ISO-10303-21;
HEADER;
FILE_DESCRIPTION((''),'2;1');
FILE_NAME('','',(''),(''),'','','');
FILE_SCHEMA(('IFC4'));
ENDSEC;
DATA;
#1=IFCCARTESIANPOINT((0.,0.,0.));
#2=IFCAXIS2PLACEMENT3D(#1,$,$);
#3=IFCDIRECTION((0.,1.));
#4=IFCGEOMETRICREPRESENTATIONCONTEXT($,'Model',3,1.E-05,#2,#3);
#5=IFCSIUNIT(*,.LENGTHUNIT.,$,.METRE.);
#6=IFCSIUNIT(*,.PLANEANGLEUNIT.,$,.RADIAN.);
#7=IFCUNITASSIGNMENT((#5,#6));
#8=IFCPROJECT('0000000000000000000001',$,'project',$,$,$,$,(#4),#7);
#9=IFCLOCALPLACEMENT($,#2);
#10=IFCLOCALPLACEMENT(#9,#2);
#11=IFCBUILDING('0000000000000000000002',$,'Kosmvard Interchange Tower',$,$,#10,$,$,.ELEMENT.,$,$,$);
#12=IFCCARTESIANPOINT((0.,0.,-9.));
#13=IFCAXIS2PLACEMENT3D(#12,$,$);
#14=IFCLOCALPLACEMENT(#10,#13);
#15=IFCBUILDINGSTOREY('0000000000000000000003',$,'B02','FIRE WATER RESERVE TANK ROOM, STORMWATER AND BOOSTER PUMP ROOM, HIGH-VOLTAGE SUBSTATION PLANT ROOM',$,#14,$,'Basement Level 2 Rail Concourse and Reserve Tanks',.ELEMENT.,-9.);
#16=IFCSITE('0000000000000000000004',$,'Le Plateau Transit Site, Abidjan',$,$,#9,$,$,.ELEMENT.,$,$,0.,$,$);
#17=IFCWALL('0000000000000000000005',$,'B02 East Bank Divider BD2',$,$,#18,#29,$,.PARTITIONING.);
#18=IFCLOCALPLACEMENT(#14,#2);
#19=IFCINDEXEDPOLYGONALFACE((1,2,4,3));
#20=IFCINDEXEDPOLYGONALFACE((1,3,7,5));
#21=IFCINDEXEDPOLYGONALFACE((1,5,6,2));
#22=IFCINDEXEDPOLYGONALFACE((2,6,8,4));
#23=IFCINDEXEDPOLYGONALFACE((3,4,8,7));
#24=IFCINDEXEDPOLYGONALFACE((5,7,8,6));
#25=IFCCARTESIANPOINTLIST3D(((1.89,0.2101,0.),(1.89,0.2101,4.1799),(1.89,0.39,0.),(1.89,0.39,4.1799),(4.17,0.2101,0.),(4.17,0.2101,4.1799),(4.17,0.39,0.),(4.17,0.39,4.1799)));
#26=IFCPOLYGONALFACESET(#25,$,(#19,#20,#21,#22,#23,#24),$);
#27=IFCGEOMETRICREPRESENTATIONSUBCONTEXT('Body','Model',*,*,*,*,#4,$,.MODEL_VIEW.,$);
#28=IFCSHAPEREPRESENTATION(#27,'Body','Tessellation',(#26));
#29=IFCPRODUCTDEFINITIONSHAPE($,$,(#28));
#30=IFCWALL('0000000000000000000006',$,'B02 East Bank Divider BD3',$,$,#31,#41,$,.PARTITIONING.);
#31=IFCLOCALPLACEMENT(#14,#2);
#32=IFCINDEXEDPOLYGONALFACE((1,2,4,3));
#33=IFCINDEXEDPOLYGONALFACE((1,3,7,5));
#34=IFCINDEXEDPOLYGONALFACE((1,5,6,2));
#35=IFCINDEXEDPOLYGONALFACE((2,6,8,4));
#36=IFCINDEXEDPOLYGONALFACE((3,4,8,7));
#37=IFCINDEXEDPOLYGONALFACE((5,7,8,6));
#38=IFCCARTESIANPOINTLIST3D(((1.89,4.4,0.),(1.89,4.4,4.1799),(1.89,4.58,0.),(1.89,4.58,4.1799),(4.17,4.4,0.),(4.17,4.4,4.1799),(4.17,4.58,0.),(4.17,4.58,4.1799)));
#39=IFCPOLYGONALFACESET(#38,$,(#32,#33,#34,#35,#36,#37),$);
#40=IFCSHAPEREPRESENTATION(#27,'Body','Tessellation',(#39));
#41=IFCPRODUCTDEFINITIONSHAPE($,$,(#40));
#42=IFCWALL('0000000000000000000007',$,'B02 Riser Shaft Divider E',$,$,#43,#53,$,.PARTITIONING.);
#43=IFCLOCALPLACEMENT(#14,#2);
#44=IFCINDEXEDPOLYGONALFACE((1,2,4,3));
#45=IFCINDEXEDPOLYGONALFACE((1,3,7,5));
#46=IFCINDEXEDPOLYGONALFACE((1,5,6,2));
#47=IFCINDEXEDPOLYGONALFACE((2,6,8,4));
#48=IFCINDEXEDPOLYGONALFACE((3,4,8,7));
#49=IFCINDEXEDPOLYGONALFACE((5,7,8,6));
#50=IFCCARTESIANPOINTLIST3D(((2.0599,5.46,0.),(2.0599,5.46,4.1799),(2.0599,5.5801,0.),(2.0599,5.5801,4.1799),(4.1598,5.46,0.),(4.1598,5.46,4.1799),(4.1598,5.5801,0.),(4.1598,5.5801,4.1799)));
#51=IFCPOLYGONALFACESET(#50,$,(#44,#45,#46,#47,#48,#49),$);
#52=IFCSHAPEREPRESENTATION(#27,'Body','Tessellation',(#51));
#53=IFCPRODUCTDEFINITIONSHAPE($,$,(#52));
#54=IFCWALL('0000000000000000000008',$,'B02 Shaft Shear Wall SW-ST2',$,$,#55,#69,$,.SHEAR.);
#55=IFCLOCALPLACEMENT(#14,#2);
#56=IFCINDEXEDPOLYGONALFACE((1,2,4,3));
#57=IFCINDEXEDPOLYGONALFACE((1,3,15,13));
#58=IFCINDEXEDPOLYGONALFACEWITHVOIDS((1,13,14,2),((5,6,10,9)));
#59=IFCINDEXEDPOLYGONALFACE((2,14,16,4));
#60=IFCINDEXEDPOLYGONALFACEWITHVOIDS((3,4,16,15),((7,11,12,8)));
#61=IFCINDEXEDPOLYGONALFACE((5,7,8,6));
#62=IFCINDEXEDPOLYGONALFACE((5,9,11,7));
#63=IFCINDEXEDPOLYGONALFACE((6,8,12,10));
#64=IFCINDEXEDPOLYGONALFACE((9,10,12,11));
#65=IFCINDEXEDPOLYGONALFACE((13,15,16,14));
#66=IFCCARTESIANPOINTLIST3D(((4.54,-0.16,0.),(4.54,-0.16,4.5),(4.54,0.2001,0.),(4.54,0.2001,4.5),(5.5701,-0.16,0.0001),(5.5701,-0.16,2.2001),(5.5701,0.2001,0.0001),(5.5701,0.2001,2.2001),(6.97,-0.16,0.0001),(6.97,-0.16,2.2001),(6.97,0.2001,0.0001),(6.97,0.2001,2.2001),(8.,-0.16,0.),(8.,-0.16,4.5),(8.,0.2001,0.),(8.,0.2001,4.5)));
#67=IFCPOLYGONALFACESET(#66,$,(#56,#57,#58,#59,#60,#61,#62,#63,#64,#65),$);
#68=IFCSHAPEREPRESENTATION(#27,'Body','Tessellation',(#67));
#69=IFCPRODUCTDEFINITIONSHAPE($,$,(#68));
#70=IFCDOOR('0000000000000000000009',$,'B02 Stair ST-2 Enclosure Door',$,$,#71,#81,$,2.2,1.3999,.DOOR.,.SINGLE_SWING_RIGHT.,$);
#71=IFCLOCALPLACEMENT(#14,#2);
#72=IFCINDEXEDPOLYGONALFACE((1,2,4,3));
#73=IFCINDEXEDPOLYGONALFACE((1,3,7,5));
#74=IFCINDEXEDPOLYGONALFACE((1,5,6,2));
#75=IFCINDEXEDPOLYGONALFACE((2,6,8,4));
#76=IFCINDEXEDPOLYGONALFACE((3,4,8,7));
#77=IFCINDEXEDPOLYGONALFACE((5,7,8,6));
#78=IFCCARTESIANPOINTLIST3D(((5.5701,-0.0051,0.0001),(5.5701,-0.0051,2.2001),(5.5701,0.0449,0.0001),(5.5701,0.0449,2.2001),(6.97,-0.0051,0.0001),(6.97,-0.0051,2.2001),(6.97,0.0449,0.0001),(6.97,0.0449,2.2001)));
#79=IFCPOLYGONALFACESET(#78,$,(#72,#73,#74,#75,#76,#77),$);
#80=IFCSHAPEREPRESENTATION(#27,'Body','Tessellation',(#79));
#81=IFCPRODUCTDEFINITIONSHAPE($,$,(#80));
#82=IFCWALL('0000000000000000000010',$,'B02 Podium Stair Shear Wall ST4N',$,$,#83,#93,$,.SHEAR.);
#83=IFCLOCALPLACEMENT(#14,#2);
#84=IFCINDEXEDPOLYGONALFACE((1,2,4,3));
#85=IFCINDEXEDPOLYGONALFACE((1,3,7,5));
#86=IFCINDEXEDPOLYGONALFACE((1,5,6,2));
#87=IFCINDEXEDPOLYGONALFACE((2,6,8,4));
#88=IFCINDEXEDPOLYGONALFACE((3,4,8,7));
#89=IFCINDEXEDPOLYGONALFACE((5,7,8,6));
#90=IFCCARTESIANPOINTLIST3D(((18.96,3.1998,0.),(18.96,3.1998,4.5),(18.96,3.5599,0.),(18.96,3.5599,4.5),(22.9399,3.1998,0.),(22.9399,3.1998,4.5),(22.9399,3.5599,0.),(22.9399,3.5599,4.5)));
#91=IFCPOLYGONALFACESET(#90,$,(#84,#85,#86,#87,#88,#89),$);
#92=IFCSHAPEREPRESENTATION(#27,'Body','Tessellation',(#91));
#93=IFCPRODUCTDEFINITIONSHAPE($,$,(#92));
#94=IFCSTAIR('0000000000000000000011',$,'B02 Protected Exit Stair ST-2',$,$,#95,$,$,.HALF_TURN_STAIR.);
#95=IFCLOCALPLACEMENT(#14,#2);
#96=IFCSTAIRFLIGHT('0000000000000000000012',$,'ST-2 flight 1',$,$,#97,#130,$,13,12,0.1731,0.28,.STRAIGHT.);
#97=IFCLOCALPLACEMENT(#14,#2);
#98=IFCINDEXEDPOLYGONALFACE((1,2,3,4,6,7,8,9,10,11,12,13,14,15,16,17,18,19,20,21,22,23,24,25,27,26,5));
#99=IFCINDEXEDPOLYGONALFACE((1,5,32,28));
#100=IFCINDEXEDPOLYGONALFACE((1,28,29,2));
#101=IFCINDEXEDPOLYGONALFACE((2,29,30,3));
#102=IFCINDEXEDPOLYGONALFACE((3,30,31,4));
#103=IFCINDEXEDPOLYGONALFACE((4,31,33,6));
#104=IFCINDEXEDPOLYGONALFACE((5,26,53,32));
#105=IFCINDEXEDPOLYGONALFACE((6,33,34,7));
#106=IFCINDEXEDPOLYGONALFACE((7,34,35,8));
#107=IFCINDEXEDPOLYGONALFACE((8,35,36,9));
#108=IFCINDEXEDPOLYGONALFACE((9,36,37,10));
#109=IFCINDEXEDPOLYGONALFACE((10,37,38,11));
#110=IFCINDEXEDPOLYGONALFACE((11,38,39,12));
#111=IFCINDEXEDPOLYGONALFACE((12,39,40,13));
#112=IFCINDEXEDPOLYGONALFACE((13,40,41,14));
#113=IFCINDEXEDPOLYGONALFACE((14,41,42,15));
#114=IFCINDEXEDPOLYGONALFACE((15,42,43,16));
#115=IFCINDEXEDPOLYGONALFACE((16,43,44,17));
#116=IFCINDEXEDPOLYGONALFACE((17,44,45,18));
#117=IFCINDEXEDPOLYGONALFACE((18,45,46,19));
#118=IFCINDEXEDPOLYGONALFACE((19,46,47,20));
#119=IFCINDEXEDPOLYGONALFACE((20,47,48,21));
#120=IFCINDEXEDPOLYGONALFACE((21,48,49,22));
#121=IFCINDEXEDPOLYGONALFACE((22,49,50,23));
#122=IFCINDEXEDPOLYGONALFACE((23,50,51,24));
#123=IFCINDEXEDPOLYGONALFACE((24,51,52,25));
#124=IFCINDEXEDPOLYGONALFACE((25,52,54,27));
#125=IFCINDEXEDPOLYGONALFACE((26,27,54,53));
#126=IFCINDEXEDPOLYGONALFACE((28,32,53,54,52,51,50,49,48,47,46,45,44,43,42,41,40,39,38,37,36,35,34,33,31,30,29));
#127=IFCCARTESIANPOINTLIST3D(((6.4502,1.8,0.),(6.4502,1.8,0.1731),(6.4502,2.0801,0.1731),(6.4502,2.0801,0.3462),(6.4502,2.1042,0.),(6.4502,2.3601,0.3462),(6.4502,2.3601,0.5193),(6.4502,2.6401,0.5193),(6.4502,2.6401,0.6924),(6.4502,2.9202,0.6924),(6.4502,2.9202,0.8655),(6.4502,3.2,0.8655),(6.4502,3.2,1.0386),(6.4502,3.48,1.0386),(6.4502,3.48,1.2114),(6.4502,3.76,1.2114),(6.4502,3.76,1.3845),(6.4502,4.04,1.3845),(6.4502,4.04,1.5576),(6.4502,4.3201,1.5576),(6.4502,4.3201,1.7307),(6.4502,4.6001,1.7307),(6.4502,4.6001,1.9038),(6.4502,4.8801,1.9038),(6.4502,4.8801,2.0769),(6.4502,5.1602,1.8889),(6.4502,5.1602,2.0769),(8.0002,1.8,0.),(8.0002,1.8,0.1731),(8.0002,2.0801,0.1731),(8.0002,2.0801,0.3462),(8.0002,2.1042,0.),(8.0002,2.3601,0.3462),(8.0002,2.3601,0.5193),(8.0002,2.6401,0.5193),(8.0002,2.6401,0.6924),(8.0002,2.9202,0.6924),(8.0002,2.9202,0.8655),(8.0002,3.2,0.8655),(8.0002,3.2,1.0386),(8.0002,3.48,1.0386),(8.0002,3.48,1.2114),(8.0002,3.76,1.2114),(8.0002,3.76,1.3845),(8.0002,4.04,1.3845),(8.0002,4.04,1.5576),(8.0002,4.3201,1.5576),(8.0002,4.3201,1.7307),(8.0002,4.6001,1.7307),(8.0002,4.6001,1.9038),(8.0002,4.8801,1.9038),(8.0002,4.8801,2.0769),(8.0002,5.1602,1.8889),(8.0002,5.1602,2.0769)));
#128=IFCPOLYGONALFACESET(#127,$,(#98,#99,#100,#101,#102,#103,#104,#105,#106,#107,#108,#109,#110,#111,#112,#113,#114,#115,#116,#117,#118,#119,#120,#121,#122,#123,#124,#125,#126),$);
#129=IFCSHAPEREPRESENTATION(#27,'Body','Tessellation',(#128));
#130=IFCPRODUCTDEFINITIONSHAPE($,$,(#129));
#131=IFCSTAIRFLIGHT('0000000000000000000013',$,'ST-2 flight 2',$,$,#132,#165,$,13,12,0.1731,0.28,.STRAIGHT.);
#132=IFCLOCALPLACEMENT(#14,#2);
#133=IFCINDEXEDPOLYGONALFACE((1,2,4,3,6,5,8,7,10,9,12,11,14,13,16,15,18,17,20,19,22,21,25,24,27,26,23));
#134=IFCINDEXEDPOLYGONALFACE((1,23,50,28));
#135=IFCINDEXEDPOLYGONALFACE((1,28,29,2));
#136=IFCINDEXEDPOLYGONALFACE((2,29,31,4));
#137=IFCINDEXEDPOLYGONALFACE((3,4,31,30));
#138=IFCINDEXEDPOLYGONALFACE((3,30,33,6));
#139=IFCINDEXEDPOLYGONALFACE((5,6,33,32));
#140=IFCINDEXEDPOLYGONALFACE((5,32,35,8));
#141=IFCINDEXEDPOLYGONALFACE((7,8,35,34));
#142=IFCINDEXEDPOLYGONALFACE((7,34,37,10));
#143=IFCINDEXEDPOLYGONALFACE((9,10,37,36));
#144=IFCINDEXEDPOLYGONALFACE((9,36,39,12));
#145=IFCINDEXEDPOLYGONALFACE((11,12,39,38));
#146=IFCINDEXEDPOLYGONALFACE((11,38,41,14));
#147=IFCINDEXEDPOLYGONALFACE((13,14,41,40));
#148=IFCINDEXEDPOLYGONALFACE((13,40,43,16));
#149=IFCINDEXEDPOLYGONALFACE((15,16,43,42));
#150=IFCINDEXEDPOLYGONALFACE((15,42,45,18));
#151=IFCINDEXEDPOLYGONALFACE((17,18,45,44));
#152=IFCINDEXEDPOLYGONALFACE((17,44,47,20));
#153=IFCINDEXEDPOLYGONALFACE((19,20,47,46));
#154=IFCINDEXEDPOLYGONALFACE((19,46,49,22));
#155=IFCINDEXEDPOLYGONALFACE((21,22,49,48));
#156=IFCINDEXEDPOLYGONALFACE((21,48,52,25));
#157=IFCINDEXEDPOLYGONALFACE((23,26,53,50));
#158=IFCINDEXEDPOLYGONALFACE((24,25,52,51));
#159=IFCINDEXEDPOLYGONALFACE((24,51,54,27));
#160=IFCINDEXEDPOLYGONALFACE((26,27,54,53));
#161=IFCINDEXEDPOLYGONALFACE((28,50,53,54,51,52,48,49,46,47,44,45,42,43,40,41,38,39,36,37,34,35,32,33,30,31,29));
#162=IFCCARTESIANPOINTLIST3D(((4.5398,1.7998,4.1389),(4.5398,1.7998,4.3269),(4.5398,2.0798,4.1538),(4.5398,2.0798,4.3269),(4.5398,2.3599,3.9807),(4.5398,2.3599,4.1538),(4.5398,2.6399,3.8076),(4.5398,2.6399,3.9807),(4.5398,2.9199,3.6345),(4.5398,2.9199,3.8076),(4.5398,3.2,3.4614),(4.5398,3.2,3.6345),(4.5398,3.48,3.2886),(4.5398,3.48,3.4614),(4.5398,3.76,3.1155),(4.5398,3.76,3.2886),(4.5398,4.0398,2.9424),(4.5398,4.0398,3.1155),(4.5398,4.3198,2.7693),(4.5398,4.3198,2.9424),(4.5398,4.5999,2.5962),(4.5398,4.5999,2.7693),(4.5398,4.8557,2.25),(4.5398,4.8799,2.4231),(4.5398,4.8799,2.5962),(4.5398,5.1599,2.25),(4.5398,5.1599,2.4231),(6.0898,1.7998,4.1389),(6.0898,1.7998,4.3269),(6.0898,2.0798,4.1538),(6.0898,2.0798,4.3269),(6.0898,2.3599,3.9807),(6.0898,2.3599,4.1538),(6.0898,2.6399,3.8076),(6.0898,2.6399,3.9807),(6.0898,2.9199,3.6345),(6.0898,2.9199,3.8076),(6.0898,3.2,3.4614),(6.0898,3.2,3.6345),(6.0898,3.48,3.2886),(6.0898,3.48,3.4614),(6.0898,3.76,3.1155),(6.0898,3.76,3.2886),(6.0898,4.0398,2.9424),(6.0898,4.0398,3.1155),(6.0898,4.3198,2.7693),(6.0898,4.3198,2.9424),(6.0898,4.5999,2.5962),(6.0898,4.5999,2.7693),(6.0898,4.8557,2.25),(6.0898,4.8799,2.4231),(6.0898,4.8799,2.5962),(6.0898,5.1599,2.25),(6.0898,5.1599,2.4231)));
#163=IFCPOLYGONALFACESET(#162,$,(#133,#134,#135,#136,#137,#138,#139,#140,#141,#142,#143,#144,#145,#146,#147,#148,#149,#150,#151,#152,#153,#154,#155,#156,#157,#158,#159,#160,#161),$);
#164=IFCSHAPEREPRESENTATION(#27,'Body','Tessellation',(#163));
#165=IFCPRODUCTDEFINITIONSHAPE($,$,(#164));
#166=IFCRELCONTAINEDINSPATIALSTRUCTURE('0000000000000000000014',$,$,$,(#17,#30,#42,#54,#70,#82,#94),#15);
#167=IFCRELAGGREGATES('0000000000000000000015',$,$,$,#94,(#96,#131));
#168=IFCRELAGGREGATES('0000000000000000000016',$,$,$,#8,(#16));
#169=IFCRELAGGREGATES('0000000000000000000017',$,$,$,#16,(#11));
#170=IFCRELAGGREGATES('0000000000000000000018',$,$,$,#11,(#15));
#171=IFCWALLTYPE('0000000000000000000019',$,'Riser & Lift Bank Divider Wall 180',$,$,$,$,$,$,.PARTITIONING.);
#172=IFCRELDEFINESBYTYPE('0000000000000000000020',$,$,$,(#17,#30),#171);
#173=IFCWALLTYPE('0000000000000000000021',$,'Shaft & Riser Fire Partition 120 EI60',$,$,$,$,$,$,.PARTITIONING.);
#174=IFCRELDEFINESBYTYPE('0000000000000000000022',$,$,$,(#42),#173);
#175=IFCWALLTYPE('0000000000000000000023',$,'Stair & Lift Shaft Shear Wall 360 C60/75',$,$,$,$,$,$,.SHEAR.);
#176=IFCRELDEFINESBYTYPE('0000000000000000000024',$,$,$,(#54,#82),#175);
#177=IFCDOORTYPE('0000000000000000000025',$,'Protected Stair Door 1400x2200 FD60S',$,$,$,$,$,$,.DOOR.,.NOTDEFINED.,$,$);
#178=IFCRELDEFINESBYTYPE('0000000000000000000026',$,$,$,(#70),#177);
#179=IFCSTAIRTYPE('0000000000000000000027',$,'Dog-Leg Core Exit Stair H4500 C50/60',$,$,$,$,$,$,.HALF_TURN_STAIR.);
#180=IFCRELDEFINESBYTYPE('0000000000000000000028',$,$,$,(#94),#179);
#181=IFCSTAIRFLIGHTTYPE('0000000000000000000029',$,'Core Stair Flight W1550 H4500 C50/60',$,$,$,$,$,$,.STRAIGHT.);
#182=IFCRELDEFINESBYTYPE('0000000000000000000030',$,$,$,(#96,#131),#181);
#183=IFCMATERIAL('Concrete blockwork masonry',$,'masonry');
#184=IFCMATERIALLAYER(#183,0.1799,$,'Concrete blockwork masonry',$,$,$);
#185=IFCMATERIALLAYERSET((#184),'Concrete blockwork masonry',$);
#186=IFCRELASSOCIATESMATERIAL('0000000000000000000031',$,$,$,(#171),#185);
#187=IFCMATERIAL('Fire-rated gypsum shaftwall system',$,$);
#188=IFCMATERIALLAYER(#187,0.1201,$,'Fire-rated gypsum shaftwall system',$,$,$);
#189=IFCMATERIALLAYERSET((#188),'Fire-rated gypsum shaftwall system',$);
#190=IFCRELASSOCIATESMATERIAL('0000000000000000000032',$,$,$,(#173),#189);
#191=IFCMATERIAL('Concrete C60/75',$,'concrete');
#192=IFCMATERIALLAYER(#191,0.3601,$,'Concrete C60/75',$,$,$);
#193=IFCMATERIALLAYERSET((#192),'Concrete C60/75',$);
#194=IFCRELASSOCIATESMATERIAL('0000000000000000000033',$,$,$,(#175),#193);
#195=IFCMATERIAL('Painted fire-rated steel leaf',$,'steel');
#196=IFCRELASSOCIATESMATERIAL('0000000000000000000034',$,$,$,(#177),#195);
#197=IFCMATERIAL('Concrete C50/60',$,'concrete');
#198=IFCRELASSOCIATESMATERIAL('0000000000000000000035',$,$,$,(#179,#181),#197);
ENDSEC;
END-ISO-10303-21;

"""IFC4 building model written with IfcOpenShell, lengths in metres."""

from ifc_helpers import new_model, si_unit, direction, frame, frame_2d, origin, place, context, subcontext, project, spatial, polyline, rectangle, outline, extrude, source, transform, mapped, material, layer, layer_set, type_object, element, fill, aggregate, save


model = new_model("IFC4")

# Units and contexts
model_context = context("Model", 3, precision=1e-05, world=origin(), true_north=direction((0.0, 1.0)))
body_context = subcontext(model_context, "Body", "Model", "MODEL_VIEW")
ifc_project = project(units=[si_unit("LENGTHUNIT", "METRE"), si_unit("PLANEANGLEUNIT", "RADIAN")], contexts=[model_context])

# Site, building, storey
site_placement = place(None, origin())
site = spatial("IfcSite", under=ifc_project, at=site_placement, Name="Le Plateau Transit Site, Abidjan", CompositionType="ELEMENT", RefElevation=0.0)
building_placement = place(site_placement, origin())
building = spatial("IfcBuilding", under=site, at=building_placement, Name="Kosmvard Interchange Tower", CompositionType="ELEMENT")
storey_placement = place(building_placement, frame((0.0, 0.0, -9.0)))
storey = spatial("IfcBuildingStorey", under=building, at=storey_placement, Name="B02", Description="FIRE WATER RESERVE TANK ROOM, STORMWATER AND BOOSTER PUMP ROOM, HIGH-VOLTAGE SUBSTATION PLANT ROOM", LongName="Basement Level 2 Rail Concourse and Reserve Tanks", CompositionType="ELEMENT", Elevation=-9.0)

# Shared definitions
ifc_material_1 = material(Name="Concrete C50/60", Category="concrete")

# Walls
ifc_material_2 = material(Name="Concrete blockwork masonry", Category="masonry")
ifc_layer_1 = layer(ifc_material_2, 0.1799, Name="Concrete blockwork masonry")
ifc_layer_set_1 = layer_set([ifc_layer_1], Name="Concrete blockwork masonry")
wall_type_1 = type_object("IfcWallType", Name="Riser & Lift Bank Divider Wall 180", PredefinedType="PARTITIONING", material=ifc_layer_set_1)
for number, where, z_axis, x_axis, name in (
    (1, (1.8899, 0.3, 0.0), (0.0, 0.0, 1.0), (1.0, 0.0, 0.0), "B02 East Bank Divider BD2"),
    (2, (1.8899, 4.49, 0.0), (0.0, 0.0, 1.0), (1.0, 0.0, 0.0), "B02 East Bank Divider BD3"),
):
    element("IfcWall", number, at=place(storey_placement, frame(where, z_axis=z_axis, x_axis=x_axis)), inside=storey, type_object=wall_type_1, Name=name, PredefinedType="PARTITIONING", context=body_context, shape_type="SweptSolid", body=[
        extrude(rectangle(XDim=2.28, YDim=0.1799, at=frame_2d((1.1401, 0.0))), origin(), (0.0, 0.0, 1.0), 4.1799),
    ])
ifc_material_3 = material(Name="Fire-rated gypsum shaftwall system")
ifc_layer_2 = layer(ifc_material_3, 0.1201, Name="Fire-rated gypsum shaftwall system")
ifc_layer_set_2 = layer_set([ifc_layer_2], Name="Fire-rated gypsum shaftwall system")
wall_type_2 = type_object("IfcWallType", Name="Shaft & Riser Fire Partition 120 EI60", PredefinedType="PARTITIONING", material=ifc_layer_set_2)
wall_1_placement = place(storey_placement, frame((2.0601, 5.52, 0.0), z_axis=(0.0, 0.0, 1.0), x_axis=(1.0, 0.0, 0.0)))
element("IfcWall", 3, at=wall_1_placement, inside=storey, type_object=wall_type_2, Name="B02 Riser Shaft Divider E", PredefinedType="PARTITIONING", context=body_context, shape_type="SweptSolid", body=[
    extrude(rectangle(XDim=2.0999, YDim=0.1201, at=frame_2d((1.0498, 0.0))), origin(), (0.0, 0.0, 1.0), 4.1799),
])

# Wall, opening, door
ifc_material_4 = material(Name="Concrete C60/75", Category="concrete")
ifc_layer_3 = layer(ifc_material_4, 0.3601, Name="Concrete C60/75")
ifc_layer_set_3 = layer_set([ifc_layer_3], Name="Concrete C60/75")
wall_type_3 = type_object("IfcWallType", Name="Stair & Lift Shaft Shear Wall 360 C60/75", PredefinedType="SHEAR", material=ifc_layer_set_3)
wall_2_placement = place(storey_placement, frame((4.54, 0.02, 0.0), z_axis=(0.0, 0.0, 1.0), x_axis=(1.0, 0.0, 0.0)))
wall_2 = element("IfcWall", 4, at=wall_2_placement, inside=storey, type_object=wall_type_3, Name="B02 Shaft Shear Wall SW-ST2", PredefinedType="SHEAR", context=body_context, shape_type="SweptSolid", body=[
    extrude(rectangle(XDim=3.46, YDim=0.3601, at=frame_2d((1.73, 0.0))), origin(), (0.0, 0.0, 1.0), 4.5),
])
opening_placement = place(wall_2_placement, frame((1.03, 0.0, 0.0)))
opening = element("IfcOpeningElement", 5, at=opening_placement, cuts=wall_2, PredefinedType="OPENING", context=body_context, shape_type="SweptSolid", body=[
    extrude(rectangle(XDim=1.3999, YDim=2.2, at=frame_2d((0.7, 1.1001))), frame((0.0, 0.1899, 0.0), z_axis=(0.0, -1.0, 0.0), x_axis=(1.0, 0.0, 0.0)), (0.0, 0.0, 1.0), 0.3801),
])
ifc_material_5 = material(Name="Painted fire-rated steel leaf", Category="steel")
door_type = type_object("IfcDoorType", Name="Protected Stair Door 1400x2200 FD60S", OperationType="NOTDEFINED", PredefinedType="DOOR", material=ifc_material_5)
shared_shape_1 = source(origin(), body_context, "Body", "SweptSolid", [
    extrude(rectangle(XDim=1.3999, YDim=2.2, at=frame_2d((0.7, 1.1001))), frame((0.0, 0.0249, 0.0), z_axis=(0.0, -1.0, 0.0), x_axis=(1.0, 0.0, 0.0)), (0.0, 0.0, 1.0), 0.05),
])
door_placement = place(opening_placement, origin())
door = element("IfcDoor", 6, at=door_placement, inside=storey, type_object=door_type, Name="B02 Stair ST-2 Enclosure Door", OperationType="SINGLE_SWING_RIGHT", OverallHeight=2.2, OverallWidth=1.3999, PredefinedType="DOOR", context=body_context, shape_type="MappedRepresentation", body=[
    mapped(shared_shape_1, transform((0.0, 0.0, 0.0), scale=1.0)),
])
fill(opening, door)

# Wall
wall_3_placement = place(storey_placement, frame((18.96, 3.3799, 0.0), z_axis=(0.0, 0.0, 1.0), x_axis=(1.0, 0.0, 0.0)))
element("IfcWall", 7, at=wall_3_placement, inside=storey, type_object=wall_type_3, Name="B02 Podium Stair Shear Wall ST4N", PredefinedType="SHEAR", context=body_context, shape_type="SweptSolid", body=[
    extrude(rectangle(XDim=3.98, YDim=0.3601, at=frame_2d((1.99, 0.0))), origin(), (0.0, 0.0, 1.0), 4.5),
])

# Stair, stair flights
stair_type = type_object("IfcStairType", Name="Dog-Leg Core Exit Stair H4500 C50/60", PredefinedType="HALF_TURN_STAIR", material=ifc_material_1)
stair_1_placement = place(storey_placement, origin())
stair_1 = element("IfcStair", 8, at=stair_1_placement, inside=storey, type_object=stair_type, Name="B02 Protected Exit Stair ST-2", PredefinedType="HALF_TURN_STAIR")
stair_flight_type = type_object("IfcStairFlightType", Name="Core Stair Flight W1550 H4500 C50/60", PredefinedType="STRAIGHT", material=ifc_material_1)
shared_shape_2 = source(origin(), body_context, "Body", "SweptSolid", [
    extrude(outline(polyline([(0.0, 0.0), (0.0, 0.1731), (0.28, 0.1731), (0.28, 0.3462), (0.5601, 0.3462), (0.5601, 0.5193), (0.8401, 0.5193), (0.8401, 0.6924), (1.1201, 0.6924), (1.1201, 0.8655), (1.3999, 0.8655), (1.3999, 1.0386), (1.6799, 1.0386), (1.6799, 1.2114), (1.96, 1.2114), (1.96, 1.3845), (2.24, 1.3845), (2.24, 1.5576), (2.52, 1.5576), (2.52, 1.7307), (2.8, 1.7307), (2.8, 1.9038), (3.0801, 1.9038), (3.0801, 2.0769), (3.3601, 2.0769), (3.3601, 2.25), (3.3601, 1.8889), (0.3042, 0.0), (0.0, 0.0)])), frame((0.0, 0.7749, 0.0), z_axis=(0.0, -1.0, 0.0), x_axis=(1.0, 0.0, 0.0)), (0.0, 0.0, 1.0), 1.55),
])
stair_flight_1_placement = place(storey_placement, frame((7.2251, 1.8, 0.0), z_axis=(0.0, 0.0, 1.0), x_axis=(0.0, 1.0, 0.0)))
stair_flight_1 = element("IfcStairFlight", 9, at=stair_flight_1_placement, type_object=stair_flight_type, Name="ST-2 flight 1", NumberOfRisers=13, NumberOfTreads=12, PredefinedType="STRAIGHT", RiserHeight=0.1731, TreadLength=0.28, context=body_context, shape_type="MappedRepresentation", body=[
    mapped(shared_shape_2, transform((0.0, 0.0, 0.0), scale=1.0)),
])
stair_flight_2_placement = place(storey_placement, frame((5.3149, 5.1599, 2.25), z_axis=(0.0, 0.0, 1.0), x_axis=(0.0, -1.0, 0.0)))
stair_flight_2 = element("IfcStairFlight", 10, at=stair_flight_2_placement, type_object=stair_flight_type, Name="ST-2 flight 2", NumberOfRisers=13, NumberOfTreads=12, PredefinedType="STRAIGHT", RiserHeight=0.1731, TreadLength=0.28, context=body_context, shape_type="MappedRepresentation", body=[
    mapped(shared_shape_2, transform((0.0, 0.0, 0.0), scale=1.0)),
])
aggregate(stair_1, [stair_flight_1, stair_flight_2])

save(model, "model.ifc")
